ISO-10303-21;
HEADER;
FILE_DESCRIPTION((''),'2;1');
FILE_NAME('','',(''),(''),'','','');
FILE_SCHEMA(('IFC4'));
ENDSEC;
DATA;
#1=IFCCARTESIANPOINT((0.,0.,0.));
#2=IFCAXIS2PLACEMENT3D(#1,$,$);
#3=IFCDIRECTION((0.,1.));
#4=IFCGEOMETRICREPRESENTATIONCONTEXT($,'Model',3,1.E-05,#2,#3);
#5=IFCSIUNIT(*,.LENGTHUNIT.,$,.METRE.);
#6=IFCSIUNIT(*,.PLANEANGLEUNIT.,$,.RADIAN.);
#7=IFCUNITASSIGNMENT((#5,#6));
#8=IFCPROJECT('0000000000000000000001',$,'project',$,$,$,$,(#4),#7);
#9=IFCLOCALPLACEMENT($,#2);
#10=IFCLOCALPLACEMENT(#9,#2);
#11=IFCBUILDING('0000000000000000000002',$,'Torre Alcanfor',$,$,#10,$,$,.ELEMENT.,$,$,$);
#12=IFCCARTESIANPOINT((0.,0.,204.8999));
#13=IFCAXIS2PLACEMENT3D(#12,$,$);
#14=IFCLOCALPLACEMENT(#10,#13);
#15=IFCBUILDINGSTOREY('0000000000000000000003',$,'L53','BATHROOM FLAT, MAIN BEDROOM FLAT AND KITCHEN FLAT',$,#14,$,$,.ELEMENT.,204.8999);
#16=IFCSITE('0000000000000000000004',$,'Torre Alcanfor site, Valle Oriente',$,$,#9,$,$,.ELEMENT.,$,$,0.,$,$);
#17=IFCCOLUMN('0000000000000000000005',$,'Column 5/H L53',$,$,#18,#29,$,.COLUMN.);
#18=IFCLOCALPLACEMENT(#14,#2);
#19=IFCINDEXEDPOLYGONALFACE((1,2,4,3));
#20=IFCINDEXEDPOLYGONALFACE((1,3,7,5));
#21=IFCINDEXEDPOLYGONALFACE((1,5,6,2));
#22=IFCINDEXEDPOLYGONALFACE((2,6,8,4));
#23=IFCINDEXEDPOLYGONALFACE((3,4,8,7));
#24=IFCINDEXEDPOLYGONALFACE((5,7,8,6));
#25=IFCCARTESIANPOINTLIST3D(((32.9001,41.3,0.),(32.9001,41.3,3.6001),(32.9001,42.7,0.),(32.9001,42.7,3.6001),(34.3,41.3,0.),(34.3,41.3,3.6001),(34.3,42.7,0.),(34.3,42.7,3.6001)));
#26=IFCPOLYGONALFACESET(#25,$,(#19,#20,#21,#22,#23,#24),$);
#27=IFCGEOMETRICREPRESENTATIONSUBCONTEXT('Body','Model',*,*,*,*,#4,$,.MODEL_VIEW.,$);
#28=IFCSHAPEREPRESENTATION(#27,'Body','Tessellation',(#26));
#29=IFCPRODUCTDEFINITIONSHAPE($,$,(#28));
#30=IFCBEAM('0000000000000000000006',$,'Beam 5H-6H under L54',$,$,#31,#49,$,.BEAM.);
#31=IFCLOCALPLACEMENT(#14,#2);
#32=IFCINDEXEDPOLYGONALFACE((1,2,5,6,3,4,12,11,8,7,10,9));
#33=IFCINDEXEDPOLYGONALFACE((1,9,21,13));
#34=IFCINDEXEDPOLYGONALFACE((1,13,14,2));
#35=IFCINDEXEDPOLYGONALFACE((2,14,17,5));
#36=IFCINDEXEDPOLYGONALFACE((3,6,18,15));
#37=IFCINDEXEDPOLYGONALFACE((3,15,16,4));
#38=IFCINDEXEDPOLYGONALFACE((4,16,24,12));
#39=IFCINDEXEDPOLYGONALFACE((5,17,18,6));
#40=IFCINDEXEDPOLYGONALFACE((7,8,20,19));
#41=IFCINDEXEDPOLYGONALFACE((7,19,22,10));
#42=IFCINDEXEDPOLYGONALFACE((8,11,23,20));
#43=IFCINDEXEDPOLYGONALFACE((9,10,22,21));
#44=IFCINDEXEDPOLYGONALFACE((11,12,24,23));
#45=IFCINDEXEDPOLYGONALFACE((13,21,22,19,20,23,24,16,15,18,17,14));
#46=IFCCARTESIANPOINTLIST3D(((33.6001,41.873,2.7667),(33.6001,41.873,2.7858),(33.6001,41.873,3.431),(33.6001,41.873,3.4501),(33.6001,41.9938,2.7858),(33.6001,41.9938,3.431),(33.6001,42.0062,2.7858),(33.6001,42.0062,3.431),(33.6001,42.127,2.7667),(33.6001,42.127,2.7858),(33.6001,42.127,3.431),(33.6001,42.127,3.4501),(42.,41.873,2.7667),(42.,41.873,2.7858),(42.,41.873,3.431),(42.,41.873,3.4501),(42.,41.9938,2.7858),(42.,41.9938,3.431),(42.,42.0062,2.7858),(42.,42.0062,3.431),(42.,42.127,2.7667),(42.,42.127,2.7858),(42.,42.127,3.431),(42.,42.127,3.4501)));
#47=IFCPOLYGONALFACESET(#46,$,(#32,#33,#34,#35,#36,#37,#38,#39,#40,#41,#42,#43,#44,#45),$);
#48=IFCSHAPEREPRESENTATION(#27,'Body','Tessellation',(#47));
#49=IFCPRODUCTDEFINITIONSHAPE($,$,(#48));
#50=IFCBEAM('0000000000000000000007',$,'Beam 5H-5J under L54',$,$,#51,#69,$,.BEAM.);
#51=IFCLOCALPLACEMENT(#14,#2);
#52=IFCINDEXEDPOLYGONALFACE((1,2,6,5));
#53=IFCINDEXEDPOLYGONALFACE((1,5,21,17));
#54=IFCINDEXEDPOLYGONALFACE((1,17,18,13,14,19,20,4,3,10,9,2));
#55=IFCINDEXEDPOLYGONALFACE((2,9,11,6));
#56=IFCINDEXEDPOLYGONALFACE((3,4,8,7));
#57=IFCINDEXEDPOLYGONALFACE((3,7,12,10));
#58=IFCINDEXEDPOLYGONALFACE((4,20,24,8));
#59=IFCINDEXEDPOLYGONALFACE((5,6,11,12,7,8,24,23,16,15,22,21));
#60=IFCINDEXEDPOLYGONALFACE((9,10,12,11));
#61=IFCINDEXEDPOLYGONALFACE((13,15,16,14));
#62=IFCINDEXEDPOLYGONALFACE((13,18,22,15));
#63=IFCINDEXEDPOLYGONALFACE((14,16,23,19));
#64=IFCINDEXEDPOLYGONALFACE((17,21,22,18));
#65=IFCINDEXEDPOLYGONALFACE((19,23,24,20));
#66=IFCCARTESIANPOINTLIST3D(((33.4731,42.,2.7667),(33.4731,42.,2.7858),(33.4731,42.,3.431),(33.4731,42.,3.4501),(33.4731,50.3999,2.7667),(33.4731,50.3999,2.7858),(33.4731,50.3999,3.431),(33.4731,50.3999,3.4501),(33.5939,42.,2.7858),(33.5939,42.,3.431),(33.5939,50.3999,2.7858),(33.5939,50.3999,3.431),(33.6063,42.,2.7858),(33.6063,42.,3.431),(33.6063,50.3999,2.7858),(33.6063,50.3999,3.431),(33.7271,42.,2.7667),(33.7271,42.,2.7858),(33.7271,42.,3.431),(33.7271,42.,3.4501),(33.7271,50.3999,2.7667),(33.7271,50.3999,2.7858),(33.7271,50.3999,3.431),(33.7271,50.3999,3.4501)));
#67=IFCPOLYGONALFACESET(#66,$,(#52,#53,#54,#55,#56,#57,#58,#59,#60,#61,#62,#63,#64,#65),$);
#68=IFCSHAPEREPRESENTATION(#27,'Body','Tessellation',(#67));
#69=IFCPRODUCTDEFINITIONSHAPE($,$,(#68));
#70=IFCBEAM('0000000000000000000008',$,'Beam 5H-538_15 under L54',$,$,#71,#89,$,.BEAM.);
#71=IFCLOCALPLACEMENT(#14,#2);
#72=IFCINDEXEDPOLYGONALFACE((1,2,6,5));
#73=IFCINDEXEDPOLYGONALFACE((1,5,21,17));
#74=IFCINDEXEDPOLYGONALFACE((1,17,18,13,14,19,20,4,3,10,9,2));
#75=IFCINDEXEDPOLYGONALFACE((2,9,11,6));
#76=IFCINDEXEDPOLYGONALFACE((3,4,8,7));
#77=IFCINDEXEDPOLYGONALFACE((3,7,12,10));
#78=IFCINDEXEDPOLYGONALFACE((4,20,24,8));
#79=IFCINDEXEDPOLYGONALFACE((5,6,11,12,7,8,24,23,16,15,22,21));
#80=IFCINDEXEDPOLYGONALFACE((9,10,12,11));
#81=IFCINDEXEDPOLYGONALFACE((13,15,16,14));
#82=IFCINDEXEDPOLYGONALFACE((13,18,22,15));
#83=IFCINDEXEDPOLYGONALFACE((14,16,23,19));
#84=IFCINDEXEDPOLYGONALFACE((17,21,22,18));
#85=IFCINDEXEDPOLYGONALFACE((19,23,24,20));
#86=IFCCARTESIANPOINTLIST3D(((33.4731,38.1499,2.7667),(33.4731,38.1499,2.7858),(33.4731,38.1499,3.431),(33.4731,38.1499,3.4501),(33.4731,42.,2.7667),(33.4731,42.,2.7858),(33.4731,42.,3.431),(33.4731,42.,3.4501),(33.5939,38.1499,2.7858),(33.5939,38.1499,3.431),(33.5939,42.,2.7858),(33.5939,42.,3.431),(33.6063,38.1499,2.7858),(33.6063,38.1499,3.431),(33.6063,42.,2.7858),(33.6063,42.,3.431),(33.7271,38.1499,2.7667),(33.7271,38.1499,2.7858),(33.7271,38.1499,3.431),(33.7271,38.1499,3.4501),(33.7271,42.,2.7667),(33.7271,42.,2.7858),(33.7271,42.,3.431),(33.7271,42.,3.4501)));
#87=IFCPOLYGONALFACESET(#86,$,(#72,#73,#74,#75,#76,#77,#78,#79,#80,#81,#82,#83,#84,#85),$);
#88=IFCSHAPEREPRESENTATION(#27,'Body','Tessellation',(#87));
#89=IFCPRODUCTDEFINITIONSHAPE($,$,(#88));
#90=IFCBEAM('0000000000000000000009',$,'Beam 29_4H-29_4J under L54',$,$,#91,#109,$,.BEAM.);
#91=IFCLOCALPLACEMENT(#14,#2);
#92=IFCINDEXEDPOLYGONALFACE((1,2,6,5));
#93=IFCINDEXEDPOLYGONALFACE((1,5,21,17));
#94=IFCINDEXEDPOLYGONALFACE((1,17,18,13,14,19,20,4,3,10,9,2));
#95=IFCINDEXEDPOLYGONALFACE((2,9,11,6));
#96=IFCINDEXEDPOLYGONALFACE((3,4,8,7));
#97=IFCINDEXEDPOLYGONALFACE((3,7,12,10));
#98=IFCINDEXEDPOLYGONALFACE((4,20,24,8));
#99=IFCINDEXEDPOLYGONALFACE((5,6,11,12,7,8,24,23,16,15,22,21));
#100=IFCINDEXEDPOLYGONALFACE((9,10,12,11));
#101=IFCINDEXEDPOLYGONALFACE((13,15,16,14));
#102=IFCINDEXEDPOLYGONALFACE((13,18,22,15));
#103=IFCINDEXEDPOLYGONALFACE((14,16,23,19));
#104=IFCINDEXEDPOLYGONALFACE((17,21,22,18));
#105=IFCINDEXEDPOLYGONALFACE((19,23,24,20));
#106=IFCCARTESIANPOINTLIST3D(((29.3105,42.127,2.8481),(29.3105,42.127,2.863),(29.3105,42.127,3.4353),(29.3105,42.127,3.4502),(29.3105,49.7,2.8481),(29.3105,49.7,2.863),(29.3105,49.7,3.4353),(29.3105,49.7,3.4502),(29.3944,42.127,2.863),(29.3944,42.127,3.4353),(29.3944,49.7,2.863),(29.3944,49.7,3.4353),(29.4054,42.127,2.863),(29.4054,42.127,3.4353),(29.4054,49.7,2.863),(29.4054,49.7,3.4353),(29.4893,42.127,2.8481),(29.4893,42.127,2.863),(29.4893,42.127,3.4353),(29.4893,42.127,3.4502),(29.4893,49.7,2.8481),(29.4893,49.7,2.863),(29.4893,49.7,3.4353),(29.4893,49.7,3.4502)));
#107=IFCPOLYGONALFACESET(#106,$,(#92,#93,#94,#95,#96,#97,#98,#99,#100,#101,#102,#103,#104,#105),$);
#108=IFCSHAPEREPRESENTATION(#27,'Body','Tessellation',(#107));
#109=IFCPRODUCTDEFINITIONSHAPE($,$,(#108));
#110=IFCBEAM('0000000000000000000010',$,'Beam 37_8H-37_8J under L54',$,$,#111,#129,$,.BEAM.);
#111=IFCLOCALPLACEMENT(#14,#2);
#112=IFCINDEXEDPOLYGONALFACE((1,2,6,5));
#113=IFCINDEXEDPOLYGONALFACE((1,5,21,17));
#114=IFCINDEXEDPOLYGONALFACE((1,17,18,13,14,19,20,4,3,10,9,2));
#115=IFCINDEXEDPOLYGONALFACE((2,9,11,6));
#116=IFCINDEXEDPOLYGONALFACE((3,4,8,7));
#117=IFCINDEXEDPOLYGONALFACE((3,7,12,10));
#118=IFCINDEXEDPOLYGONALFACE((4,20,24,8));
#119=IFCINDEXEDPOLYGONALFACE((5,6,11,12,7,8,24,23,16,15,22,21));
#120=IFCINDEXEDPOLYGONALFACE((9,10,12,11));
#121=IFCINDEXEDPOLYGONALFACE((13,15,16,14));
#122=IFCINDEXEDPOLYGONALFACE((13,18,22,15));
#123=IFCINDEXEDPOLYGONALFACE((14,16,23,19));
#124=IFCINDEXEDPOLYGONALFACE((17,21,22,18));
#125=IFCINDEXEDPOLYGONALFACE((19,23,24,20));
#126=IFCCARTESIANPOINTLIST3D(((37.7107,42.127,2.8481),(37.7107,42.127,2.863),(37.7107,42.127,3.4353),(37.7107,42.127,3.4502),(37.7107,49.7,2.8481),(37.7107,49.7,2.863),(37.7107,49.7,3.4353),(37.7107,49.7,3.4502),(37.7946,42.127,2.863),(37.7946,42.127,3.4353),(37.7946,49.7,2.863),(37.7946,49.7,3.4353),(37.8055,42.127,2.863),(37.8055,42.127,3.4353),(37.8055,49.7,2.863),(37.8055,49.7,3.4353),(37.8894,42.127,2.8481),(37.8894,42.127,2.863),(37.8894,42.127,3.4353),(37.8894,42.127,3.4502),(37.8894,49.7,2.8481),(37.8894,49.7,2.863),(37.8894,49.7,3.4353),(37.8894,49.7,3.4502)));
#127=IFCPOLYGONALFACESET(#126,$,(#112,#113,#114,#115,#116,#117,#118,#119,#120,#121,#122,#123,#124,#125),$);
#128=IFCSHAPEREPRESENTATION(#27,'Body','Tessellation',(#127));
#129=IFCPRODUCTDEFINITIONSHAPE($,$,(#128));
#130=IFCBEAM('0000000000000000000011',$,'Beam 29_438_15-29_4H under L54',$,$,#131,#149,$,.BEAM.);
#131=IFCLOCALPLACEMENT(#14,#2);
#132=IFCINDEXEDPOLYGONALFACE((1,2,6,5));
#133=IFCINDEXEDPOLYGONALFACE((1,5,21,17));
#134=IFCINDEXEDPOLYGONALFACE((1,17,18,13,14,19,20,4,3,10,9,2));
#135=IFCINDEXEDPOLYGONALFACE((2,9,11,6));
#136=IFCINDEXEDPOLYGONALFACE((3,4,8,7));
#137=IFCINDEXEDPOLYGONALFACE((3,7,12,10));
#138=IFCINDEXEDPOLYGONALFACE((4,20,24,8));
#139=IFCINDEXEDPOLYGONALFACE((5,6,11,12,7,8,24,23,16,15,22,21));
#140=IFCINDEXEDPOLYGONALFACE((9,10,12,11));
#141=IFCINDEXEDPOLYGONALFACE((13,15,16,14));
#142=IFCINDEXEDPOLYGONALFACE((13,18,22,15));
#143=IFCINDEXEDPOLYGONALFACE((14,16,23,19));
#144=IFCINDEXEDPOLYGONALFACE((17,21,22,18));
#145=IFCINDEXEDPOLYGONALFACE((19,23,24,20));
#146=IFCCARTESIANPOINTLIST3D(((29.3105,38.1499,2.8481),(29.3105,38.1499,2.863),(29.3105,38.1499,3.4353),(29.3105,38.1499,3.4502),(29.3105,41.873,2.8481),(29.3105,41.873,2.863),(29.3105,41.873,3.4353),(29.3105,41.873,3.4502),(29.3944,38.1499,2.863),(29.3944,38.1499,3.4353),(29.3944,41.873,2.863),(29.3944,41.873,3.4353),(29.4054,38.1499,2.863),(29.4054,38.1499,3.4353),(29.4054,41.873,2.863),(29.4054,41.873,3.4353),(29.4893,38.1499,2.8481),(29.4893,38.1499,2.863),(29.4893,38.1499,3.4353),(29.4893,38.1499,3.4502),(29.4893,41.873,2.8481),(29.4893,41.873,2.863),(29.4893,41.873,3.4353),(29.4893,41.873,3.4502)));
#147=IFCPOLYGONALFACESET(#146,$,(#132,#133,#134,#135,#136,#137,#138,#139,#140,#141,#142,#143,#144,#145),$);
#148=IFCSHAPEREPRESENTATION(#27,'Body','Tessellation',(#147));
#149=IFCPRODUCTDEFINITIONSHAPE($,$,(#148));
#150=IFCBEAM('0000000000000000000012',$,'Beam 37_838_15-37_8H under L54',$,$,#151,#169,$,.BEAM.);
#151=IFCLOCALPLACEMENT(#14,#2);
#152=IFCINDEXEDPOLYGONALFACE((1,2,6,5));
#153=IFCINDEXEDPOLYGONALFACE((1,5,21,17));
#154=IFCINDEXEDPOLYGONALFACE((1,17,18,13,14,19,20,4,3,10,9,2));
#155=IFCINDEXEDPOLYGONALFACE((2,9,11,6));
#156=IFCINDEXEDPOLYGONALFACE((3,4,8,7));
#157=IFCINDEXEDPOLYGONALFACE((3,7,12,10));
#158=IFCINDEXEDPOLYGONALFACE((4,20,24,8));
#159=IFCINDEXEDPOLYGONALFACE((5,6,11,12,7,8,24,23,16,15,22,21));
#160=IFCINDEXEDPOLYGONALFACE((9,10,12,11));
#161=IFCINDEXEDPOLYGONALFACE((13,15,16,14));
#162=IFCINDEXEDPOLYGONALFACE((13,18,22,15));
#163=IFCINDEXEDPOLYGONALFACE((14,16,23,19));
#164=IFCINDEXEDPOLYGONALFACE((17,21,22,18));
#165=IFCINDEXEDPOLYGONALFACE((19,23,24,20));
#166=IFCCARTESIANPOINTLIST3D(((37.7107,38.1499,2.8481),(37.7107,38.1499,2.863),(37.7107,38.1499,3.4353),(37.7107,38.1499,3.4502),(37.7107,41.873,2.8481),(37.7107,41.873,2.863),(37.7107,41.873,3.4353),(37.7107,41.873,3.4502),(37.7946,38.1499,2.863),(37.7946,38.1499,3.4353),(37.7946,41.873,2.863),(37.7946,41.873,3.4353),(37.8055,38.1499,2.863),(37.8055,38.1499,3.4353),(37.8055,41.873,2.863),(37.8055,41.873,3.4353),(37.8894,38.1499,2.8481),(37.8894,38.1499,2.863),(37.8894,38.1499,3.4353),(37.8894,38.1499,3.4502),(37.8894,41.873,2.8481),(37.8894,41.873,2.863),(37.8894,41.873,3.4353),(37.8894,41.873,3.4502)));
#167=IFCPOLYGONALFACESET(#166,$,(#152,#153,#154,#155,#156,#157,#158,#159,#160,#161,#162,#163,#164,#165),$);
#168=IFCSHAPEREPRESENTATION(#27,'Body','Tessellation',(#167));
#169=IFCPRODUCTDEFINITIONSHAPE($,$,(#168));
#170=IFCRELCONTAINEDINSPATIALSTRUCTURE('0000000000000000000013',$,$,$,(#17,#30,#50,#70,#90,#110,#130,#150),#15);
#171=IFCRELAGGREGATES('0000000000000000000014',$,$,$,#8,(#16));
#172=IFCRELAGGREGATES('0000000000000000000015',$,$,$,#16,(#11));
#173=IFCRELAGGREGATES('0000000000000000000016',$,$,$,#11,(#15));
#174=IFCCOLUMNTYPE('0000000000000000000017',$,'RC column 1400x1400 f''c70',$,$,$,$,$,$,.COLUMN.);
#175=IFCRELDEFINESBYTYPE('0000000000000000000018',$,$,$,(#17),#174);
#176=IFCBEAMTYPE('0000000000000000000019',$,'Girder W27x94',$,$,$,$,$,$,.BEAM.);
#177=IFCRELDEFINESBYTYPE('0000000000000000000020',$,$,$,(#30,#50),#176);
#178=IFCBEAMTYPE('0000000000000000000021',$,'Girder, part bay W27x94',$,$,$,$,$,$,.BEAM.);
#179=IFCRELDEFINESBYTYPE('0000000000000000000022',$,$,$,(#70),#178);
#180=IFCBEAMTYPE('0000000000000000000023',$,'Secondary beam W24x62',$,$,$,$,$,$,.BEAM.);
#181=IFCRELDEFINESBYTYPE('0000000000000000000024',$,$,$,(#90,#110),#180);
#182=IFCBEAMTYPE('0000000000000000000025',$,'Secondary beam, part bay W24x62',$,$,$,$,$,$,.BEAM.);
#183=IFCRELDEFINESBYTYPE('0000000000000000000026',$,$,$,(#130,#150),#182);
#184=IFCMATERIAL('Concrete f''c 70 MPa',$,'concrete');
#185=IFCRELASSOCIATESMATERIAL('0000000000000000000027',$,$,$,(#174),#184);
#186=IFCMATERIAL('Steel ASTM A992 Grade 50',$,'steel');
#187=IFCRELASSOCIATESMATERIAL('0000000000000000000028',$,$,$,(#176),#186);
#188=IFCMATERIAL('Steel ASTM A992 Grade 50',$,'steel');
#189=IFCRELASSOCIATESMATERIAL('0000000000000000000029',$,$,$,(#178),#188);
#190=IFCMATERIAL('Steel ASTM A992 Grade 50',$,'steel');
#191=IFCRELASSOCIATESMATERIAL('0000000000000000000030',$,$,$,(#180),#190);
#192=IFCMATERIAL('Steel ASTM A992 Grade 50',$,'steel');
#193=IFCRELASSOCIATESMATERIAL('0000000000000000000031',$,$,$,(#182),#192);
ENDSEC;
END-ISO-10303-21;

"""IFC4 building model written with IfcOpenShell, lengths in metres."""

from ifc_helpers import new_model, si_unit, direction, frame, origin, origin_2d, place, context, subcontext, project, spatial, rectangle, i_section, extrude, material, material_profile, profile_set, type_object, element, save


model = new_model("IFC4")

# Units and contexts
model_context = context("Model", 3, precision=1e-05, world=origin(), true_north=direction((0.0, 1.0)))
body_context = subcontext(model_context, "Body", "Model", "MODEL_VIEW")
ifc_project = project(units=[si_unit("LENGTHUNIT", "METRE"), si_unit("PLANEANGLEUNIT", "RADIAN")], contexts=[model_context])

# Site, building, storey
site_placement = place(None, origin())
site = spatial("IfcSite", under=ifc_project, at=site_placement, Name="Torre Alcanfor site, Valle Oriente", CompositionType="ELEMENT", RefElevation=0.0)
building_placement = place(site_placement, origin())
building = spatial("IfcBuilding", under=site, at=building_placement, Name="Torre Alcanfor", CompositionType="ELEMENT")
storey_placement = place(building_placement, frame((0.0, 0.0, 204.8999)))
storey = spatial("IfcBuildingStorey", under=building, at=storey_placement, Name="L53", Description="BATHROOM FLAT, MAIN BEDROOM FLAT AND KITCHEN FLAT", CompositionType="ELEMENT", Elevation=204.8999)

# Column
ifc_material_1 = material(Name="Concrete f'c 70 MPa", Category="concrete")
ifc_material_profile_1 = material_profile(ifc_material_1, rectangle(XDim=1.3999, YDim=1.3999, at=origin_2d()), Name="1400x1400")
ifc_profile_set_1 = profile_set([ifc_material_profile_1], Name="Concrete f'c 70 MPa")
column_type = type_object("IfcColumnType", Name="RC column 1400x1400 f'c70", PredefinedType="COLUMN", material=ifc_profile_set_1)
column_placement = place(storey_placement, frame((33.6001, 42.0, 0.0), z_axis=(0.0, 0.0, 1.0), x_axis=(1.0, 0.0, 0.0)))
element("IfcColumn", 1, at=column_placement, inside=storey, type_object=column_type, Name="Column 5/H L53", PredefinedType="COLUMN", context=body_context, shape_type="SweptSolid", body=[
    extrude(rectangle(XDim=1.3999, YDim=1.3999, at=origin_2d()), origin(), (0.0, 0.0, 1.0), 3.6001),
])

# Beams
ifc_material_2 = material(Name="Steel ASTM A992 Grade 50", Category="steel")
ifc_material_profile_2 = material_profile(ifc_material_2, i_section(OverallWidth=0.2539, OverallDepth=0.6833, WebThickness=0.0125, FlangeThickness=0.019, at=origin_2d()), Name="W27x94")
ifc_profile_set_2 = profile_set([ifc_material_profile_2], Name="Steel ASTM A992 Grade 50")
beam_type_1 = type_object("IfcBeamType", Name="Girder W27x94", PredefinedType="BEAM", material=ifc_profile_set_2)
for number, where, z_axis, x_axis, name in (
    (2, (33.6001, 42.0, 3.1084), (1.0, 0.0, 0.0), (0.0, 1.0, 0.0), "Beam 5H-6H under L54"),
    (3, (33.6001, 42.0, 3.1084), (0.0, 1.0, 0.0), (-1.0, 0.0, 0.0), "Beam 5H-5J under L54"),
):
    element("IfcBeam", number, at=place(storey_placement, frame(where, z_axis=z_axis, x_axis=x_axis)), inside=storey, type_object=beam_type_1, Name=name, PredefinedType="BEAM", context=body_context, shape_type="SweptSolid", body=[
        extrude(i_section(OverallWidth=0.2539, OverallDepth=0.6833, WebThickness=0.0125, FlangeThickness=0.019, at=origin_2d()), origin(), (0.0, 0.0, 1.0), 8.3999),
    ])
ifc_material_3 = material(Name="Steel ASTM A992 Grade 50", Category="steel")
ifc_material_profile_3 = material_profile(ifc_material_3, i_section(OverallWidth=0.2539, OverallDepth=0.6833, WebThickness=0.0125, FlangeThickness=0.019, at=origin_2d()), Name="W27x94")
ifc_profile_set_3 = profile_set([ifc_material_profile_3], Name="Steel ASTM A992 Grade 50")
beam_type_2 = type_object("IfcBeamType", Name="Girder, part bay W27x94", PredefinedType="BEAM", material=ifc_profile_set_3)
beam_1_placement = place(storey_placement, frame((33.6001, 42.0, 3.1084), z_axis=(0.0, -1.0, 0.0), x_axis=(1.0, 0.0, 0.0)))
element("IfcBeam", 4, at=beam_1_placement, inside=storey, type_object=beam_type_2, Name="Beam 5H-538_15 under L54", PredefinedType="BEAM", context=body_context, shape_type="SweptSolid", body=[
    extrude(i_section(OverallWidth=0.2539, OverallDepth=0.6833, WebThickness=0.0125, FlangeThickness=0.019, at=origin_2d()), origin(), (0.0, 0.0, 1.0), 3.8501),
])
ifc_material_4 = material(Name="Steel ASTM A992 Grade 50", Category="steel")
ifc_material_profile_4 = material_profile(ifc_material_4, i_section(OverallWidth=0.1787, OverallDepth=0.6021, WebThickness=0.011, FlangeThickness=0.0149, at=origin_2d()), Name="W24x62")
ifc_profile_set_4 = profile_set([ifc_material_profile_4], Name="Steel ASTM A992 Grade 50")
beam_type_3 = type_object("IfcBeamType", Name="Secondary beam W24x62", PredefinedType="BEAM", material=ifc_profile_set_4)
for number, where, z_axis, x_axis, name in (
    (5, (29.3999, 42.127, 3.1492), (0.0, 1.0, 0.0), (-1.0, 0.0, 0.0), "Beam 29_4H-29_4J under L54"),
    (6, (37.8, 42.127, 3.1492), (0.0, 1.0, 0.0), (-1.0, 0.0, 0.0), "Beam 37_8H-37_8J under L54"),
):
    element("IfcBeam", number, at=place(storey_placement, frame(where, z_axis=z_axis, x_axis=x_axis)), inside=storey, type_object=beam_type_3, Name=name, PredefinedType="BEAM", context=body_context, shape_type="SweptSolid", body=[
        extrude(i_section(OverallWidth=0.1787, OverallDepth=0.6021, WebThickness=0.011, FlangeThickness=0.0149, at=origin_2d()), origin(), (0.0, 0.0, 1.0), 7.573),
    ])
ifc_material_5 = material(Name="Steel ASTM A992 Grade 50", Category="steel")
ifc_material_profile_5 = material_profile(ifc_material_5, i_section(OverallWidth=0.1787, OverallDepth=0.6021, WebThickness=0.011, FlangeThickness=0.0149, at=origin_2d()), Name="W24x62")
ifc_profile_set_5 = profile_set([ifc_material_profile_5], Name="Steel ASTM A992 Grade 50")
beam_type_4 = type_object("IfcBeamType", Name="Secondary beam, part bay W24x62", PredefinedType="BEAM", material=ifc_profile_set_5)
for number, where, z_axis, x_axis, name in (
    (7, (29.3999, 38.1499, 3.1492), (0.0, 1.0, 0.0), (-1.0, 0.0, 0.0), "Beam 29_438_15-29_4H under L54"),
    (8, (37.8, 38.1499, 3.1492), (0.0, 1.0, 0.0), (-1.0, 0.0, 0.0), "Beam 37_838_15-37_8H under L54"),
):
    element("IfcBeam", number, at=place(storey_placement, frame(where, z_axis=z_axis, x_axis=x_axis)), inside=storey, type_object=beam_type_4, Name=name, PredefinedType="BEAM", context=body_context, shape_type="SweptSolid", body=[
        extrude(i_section(OverallWidth=0.1787, OverallDepth=0.6021, WebThickness=0.011, FlangeThickness=0.0149, at=origin_2d()), origin(), (0.0, 0.0, 1.0), 3.7231),
    ])

save(model, "model.ifc")
